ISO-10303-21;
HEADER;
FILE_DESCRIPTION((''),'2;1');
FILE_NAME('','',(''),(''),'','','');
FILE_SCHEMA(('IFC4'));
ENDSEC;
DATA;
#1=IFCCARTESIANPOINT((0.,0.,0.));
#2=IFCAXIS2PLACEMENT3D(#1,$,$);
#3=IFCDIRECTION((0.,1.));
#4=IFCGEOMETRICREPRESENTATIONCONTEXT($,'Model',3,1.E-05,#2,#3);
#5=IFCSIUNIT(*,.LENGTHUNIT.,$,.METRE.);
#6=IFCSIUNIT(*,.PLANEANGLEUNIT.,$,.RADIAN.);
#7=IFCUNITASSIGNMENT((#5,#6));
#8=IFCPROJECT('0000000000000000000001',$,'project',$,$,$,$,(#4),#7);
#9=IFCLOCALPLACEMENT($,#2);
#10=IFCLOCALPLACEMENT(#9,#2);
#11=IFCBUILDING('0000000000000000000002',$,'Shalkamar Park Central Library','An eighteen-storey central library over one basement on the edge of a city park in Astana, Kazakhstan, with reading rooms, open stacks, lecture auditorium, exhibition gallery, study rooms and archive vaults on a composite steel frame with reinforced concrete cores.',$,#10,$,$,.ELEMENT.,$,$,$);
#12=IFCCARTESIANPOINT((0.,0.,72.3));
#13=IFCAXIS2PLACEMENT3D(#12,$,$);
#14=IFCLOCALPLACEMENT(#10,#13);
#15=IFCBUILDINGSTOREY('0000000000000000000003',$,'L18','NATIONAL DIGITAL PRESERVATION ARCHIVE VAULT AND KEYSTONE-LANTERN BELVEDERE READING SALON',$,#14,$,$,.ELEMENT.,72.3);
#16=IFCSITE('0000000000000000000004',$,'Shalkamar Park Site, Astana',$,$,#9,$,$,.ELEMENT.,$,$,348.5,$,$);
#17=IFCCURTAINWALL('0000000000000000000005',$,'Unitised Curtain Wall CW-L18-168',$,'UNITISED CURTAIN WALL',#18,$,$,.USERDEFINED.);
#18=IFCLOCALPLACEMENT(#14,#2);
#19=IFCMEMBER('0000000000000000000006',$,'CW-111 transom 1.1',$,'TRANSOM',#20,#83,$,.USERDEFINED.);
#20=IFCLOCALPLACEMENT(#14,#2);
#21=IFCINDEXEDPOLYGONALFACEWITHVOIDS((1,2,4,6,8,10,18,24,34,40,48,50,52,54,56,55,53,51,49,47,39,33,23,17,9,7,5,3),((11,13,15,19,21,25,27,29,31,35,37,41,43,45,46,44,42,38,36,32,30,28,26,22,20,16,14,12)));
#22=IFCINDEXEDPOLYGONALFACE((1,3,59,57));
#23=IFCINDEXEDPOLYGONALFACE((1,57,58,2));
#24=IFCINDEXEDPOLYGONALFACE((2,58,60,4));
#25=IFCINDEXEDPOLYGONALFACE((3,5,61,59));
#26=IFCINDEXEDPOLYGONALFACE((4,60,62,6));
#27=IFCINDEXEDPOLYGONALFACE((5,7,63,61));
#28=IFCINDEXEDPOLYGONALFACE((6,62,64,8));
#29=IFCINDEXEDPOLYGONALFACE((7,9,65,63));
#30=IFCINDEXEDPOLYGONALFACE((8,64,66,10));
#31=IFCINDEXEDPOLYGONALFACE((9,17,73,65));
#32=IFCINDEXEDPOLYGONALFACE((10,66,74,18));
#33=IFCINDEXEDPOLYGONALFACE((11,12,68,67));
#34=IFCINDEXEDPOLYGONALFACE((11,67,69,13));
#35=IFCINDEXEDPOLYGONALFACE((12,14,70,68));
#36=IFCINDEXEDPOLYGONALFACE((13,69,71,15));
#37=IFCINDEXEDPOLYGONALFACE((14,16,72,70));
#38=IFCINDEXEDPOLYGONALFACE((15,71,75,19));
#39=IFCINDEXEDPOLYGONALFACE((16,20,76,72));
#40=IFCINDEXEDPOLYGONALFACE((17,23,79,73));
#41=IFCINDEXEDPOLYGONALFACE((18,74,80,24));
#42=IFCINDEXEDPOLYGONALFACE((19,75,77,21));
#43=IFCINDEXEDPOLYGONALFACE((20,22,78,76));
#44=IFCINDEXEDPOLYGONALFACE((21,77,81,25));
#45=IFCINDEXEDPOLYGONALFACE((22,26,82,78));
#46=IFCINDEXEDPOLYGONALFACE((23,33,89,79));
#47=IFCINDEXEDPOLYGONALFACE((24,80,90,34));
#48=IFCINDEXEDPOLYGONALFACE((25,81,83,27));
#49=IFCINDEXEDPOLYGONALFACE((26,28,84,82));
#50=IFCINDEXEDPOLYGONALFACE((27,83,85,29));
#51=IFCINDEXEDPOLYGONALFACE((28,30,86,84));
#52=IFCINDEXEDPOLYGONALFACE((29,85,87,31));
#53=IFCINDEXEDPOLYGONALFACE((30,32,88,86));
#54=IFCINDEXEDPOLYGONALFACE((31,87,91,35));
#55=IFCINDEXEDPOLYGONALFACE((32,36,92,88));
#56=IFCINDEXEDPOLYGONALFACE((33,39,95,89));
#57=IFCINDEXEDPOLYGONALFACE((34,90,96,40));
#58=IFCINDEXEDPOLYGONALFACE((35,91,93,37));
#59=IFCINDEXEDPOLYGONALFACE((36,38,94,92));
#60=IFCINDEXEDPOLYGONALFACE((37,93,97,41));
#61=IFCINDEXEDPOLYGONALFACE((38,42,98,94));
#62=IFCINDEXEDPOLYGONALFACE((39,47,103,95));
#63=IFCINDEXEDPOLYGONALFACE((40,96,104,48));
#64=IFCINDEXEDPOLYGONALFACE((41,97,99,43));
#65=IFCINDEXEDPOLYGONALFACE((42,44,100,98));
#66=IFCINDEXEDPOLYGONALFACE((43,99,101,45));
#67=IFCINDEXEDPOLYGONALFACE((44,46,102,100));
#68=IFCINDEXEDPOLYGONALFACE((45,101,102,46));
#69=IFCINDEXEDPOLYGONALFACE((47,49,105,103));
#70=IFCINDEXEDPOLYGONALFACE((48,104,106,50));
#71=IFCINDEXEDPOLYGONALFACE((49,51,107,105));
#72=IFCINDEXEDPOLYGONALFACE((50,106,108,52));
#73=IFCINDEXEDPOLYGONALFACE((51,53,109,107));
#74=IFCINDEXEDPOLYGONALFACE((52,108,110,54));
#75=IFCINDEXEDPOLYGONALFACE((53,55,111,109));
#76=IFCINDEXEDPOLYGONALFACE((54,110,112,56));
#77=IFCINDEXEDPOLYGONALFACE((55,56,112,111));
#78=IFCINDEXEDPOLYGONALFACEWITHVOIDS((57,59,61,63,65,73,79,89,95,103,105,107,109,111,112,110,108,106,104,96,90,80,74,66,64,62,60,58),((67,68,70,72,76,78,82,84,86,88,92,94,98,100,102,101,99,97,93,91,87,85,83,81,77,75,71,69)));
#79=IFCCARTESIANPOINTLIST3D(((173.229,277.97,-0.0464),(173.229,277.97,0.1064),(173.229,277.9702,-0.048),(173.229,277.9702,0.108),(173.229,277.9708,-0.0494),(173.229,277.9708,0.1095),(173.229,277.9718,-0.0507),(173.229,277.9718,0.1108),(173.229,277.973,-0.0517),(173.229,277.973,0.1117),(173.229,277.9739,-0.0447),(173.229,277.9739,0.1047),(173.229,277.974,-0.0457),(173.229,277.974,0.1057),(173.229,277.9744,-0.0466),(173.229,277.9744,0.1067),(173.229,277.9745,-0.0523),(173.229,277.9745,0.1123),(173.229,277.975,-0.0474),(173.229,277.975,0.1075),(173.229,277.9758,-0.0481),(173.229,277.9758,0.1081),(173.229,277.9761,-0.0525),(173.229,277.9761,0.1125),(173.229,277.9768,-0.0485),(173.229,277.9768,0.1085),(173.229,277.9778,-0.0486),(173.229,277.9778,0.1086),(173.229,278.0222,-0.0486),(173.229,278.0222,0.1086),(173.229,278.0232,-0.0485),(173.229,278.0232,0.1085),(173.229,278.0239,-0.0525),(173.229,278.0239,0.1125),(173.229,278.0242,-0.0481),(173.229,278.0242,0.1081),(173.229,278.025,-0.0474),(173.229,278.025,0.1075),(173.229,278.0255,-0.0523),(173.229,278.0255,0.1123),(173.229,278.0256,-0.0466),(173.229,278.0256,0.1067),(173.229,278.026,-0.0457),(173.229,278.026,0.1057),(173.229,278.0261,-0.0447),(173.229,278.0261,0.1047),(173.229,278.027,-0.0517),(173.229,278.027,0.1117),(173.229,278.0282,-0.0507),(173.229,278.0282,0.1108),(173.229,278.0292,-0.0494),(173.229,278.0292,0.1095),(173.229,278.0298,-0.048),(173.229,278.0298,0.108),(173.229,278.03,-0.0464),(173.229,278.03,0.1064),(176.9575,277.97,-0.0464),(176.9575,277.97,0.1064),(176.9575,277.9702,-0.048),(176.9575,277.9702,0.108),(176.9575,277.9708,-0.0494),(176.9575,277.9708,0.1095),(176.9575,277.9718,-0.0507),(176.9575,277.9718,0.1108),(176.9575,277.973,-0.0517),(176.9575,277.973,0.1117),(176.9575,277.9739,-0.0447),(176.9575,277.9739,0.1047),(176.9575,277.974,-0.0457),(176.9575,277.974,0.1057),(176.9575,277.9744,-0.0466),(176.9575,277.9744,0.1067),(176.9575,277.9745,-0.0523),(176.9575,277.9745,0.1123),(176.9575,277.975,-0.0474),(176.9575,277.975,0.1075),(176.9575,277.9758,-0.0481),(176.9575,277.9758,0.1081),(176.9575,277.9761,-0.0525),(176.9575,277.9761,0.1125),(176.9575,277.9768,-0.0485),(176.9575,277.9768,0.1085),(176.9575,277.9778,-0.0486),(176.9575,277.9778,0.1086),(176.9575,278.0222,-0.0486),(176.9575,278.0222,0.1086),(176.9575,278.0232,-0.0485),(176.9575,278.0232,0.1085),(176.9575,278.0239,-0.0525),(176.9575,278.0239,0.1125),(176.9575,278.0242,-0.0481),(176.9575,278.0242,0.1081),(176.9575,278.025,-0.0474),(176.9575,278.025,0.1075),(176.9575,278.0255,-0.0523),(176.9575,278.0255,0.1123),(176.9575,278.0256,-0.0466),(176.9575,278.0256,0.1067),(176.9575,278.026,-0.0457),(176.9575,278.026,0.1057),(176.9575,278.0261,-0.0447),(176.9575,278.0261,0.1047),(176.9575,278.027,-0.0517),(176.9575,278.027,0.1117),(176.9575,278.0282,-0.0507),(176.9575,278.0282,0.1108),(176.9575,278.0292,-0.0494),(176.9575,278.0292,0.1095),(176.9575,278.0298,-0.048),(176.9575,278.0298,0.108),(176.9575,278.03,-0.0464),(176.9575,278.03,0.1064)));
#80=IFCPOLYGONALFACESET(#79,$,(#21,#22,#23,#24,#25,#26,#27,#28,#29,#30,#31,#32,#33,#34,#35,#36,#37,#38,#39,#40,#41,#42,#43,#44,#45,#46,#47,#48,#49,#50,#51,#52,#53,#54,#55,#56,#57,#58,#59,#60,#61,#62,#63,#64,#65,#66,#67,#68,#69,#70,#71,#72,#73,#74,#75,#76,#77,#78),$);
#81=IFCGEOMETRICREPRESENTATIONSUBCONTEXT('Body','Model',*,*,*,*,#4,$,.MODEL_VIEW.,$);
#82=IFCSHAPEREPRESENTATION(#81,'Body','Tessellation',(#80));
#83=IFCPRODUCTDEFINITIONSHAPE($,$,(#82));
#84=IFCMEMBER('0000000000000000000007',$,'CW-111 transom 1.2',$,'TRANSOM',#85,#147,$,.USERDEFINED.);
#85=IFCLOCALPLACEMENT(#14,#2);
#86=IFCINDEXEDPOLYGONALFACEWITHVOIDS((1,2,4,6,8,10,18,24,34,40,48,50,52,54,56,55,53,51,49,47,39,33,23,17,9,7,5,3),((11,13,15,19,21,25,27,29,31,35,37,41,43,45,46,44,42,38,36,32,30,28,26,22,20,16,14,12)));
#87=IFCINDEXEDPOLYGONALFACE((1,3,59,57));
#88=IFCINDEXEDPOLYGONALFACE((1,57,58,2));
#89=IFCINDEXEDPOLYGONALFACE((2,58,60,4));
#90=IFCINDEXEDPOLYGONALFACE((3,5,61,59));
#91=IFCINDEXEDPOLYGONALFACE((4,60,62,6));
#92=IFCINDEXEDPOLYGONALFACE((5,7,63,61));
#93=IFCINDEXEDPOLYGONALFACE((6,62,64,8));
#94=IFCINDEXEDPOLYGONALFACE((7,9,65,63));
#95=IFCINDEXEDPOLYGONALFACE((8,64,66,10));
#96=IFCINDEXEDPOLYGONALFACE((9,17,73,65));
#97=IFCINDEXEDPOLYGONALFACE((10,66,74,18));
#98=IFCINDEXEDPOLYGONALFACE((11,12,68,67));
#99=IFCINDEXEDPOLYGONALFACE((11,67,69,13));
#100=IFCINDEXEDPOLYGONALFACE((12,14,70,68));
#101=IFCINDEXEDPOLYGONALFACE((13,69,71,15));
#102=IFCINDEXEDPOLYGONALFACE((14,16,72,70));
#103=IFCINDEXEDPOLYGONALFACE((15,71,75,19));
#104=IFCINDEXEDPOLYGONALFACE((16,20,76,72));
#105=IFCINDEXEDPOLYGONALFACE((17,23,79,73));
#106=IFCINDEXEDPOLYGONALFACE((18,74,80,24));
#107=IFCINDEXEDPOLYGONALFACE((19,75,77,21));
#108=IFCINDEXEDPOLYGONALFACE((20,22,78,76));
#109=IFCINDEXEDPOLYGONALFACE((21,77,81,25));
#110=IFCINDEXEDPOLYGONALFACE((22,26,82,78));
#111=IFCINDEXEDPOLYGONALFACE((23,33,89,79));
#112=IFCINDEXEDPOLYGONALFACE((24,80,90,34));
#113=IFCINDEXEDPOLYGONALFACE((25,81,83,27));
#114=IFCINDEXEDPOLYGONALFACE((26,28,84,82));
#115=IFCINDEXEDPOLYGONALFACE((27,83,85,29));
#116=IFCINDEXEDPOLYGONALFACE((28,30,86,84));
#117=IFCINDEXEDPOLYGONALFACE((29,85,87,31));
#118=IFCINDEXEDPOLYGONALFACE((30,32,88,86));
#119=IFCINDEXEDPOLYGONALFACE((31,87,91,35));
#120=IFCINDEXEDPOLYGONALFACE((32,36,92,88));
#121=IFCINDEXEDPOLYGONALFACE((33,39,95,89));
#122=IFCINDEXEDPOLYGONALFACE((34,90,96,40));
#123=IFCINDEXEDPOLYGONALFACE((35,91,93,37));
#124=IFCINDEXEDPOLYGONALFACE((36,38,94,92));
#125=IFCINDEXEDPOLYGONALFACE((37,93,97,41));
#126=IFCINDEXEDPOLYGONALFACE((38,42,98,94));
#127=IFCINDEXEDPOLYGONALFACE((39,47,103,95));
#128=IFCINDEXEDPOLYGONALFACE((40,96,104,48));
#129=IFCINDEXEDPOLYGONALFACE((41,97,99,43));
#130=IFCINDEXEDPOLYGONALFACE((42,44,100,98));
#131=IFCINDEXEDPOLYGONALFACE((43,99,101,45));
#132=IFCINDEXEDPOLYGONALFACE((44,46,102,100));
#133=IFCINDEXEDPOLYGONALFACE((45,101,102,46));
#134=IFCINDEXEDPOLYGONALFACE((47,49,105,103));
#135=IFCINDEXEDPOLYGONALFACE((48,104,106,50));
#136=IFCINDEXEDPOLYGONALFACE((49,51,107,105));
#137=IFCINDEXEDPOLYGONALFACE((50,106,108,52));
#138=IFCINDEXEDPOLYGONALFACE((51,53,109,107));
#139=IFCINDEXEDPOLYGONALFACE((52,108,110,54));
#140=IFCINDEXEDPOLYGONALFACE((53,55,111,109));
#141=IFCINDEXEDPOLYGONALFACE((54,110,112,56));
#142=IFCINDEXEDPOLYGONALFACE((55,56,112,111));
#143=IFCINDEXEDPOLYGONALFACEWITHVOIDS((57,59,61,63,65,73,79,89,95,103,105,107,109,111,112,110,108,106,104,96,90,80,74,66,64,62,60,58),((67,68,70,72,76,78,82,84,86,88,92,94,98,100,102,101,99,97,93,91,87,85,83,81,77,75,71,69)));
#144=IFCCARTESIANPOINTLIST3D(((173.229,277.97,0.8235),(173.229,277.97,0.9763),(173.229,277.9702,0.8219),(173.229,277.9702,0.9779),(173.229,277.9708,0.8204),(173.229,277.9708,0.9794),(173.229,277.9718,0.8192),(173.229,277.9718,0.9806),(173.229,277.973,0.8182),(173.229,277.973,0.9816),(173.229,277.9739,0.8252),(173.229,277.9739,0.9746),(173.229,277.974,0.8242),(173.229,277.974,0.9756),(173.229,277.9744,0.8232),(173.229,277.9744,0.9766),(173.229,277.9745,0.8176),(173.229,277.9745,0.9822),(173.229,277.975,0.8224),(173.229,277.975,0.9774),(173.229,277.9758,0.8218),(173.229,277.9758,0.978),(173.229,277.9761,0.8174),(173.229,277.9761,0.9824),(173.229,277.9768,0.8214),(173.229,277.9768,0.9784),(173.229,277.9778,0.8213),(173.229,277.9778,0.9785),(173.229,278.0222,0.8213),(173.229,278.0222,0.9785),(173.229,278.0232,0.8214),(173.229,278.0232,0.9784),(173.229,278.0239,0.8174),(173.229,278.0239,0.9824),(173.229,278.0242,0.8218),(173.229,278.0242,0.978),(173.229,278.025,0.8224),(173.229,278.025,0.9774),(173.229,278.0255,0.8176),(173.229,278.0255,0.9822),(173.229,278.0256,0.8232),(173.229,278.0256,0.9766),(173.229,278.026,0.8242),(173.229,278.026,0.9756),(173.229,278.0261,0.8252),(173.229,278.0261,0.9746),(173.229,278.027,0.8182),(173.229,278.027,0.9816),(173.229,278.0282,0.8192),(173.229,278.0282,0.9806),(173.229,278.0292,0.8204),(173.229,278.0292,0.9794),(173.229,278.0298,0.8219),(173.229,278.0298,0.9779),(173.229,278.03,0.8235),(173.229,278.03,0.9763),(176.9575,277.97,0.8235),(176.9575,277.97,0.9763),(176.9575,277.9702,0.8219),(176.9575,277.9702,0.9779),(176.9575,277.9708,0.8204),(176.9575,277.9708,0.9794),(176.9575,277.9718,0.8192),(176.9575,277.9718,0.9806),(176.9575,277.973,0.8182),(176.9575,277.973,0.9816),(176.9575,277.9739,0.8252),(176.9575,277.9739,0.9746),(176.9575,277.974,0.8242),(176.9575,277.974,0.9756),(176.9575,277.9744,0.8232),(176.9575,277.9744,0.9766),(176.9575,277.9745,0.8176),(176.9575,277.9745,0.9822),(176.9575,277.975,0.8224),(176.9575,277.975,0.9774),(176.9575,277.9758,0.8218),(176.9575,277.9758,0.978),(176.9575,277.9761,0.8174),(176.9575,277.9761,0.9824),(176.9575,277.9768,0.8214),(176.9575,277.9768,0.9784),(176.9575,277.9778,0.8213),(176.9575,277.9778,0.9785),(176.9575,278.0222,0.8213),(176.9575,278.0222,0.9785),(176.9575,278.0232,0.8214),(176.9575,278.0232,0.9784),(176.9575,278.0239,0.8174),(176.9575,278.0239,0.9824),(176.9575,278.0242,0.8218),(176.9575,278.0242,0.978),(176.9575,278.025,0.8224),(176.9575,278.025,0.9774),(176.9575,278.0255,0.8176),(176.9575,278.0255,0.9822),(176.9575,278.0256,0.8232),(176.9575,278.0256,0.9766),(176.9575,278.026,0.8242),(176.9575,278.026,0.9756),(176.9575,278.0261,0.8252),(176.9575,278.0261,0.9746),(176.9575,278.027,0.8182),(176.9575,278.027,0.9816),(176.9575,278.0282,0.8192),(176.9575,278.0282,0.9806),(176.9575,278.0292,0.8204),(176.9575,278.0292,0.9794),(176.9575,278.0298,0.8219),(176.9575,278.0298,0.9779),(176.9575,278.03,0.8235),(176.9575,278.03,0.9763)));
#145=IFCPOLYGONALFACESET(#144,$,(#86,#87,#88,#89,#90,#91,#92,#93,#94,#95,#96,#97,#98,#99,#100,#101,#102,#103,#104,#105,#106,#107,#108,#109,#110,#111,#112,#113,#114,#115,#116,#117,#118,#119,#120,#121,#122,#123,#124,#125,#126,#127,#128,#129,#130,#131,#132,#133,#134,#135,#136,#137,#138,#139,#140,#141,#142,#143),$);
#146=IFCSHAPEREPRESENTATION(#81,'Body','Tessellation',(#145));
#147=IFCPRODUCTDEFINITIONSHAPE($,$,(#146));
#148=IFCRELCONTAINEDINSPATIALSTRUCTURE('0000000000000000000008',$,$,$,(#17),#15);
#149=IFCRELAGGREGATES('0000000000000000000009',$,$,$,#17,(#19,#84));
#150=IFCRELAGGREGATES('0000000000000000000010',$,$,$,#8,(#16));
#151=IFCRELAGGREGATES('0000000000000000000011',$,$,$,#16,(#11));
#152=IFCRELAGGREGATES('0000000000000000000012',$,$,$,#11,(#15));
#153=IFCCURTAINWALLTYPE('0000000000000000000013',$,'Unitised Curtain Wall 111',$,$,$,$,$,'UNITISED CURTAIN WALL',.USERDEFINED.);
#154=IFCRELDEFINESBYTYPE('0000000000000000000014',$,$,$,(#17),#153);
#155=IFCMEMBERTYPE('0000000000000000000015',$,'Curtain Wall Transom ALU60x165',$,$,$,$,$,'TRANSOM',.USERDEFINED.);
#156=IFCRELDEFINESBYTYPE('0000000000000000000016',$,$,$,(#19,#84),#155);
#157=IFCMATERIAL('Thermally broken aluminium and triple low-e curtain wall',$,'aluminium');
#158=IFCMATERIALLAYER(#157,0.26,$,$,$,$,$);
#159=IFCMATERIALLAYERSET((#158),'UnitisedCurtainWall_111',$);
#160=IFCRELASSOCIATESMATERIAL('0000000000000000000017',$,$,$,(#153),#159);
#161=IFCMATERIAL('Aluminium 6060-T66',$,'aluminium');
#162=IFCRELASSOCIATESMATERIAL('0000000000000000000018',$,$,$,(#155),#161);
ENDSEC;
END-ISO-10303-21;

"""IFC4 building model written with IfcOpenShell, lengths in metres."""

from ifc_helpers import new_model, si_unit, direction, frame, origin, origin_2d, place, context, subcontext, project, spatial, hollow_rectangle, extrude, material, layer, layer_set, material_profile, profile_set, type_object, element, aggregate, save


model = new_model("IFC4")

# Units and contexts
model_context = context("Model", 3, precision=1e-05, world=origin(), true_north=direction((0.0, 1.0)))
body_context = subcontext(model_context, "Body", "Model", "MODEL_VIEW")
ifc_project = project(units=[si_unit("LENGTHUNIT", "METRE"), si_unit("PLANEANGLEUNIT", "RADIAN")], contexts=[model_context])

# Site, building, storey
site_placement = place(None, origin())
site = spatial("IfcSite", under=ifc_project, at=site_placement, Name="Shalkamar Park Site, Astana", CompositionType="ELEMENT", RefElevation=348.5)
building_placement = place(site_placement, origin())
building = spatial("IfcBuilding", under=site, at=building_placement, Name="Shalkamar Park Central Library", Description="An eighteen-storey central library over one basement on the edge of a city park in Astana, Kazakhstan, with reading rooms, open stacks, lecture auditorium, exhibition gallery, study rooms and archive vaults on a composite steel frame with reinforced concrete cores.", CompositionType="ELEMENT")
storey_placement = place(building_placement, frame((0.0, 0.0, 72.3)))
storey = spatial("IfcBuildingStorey", under=building, at=storey_placement, Name="L18", Description="NATIONAL DIGITAL PRESERVATION ARCHIVE VAULT AND KEYSTONE-LANTERN BELVEDERE READING SALON", CompositionType="ELEMENT", Elevation=72.3)

# Curtain wall, members
ifc_material_1 = material(Name="Thermally broken aluminium and triple low-e curtain wall", Category="aluminium")
ifc_layer_1 = layer(ifc_material_1, 0.26)
ifc_layer_set_1 = layer_set([ifc_layer_1], Name="UnitisedCurtainWall_111")
curtain_wall_type = type_object("IfcCurtainWallType", Name="Unitised Curtain Wall 111", ElementType="UNITISED CURTAIN WALL", PredefinedType="USERDEFINED", material=ifc_layer_set_1)
curtain_wall_placement = place(storey_placement, origin())
curtain_wall = element("IfcCurtainWall", 1, at=curtain_wall_placement, inside=storey, type_object=curtain_wall_type, Name="Unitised Curtain Wall CW-L18-168", ObjectType="UNITISED CURTAIN WALL", PredefinedType="USERDEFINED")
ifc_material_2 = material(Name="Aluminium 6060-T66", Category="aluminium")
ifc_material_profile_1 = material_profile(ifc_material_2, hollow_rectangle(XDim=0.0601, YDim=0.165, WallThickness=0.0039, InnerFilletRadius=0.0039, OuterFilletRadius=0.0061, at=origin_2d()), Name="ALU 60x165x4")
ifc_profile_set_1 = profile_set([ifc_material_profile_1], Name="Aluminium 6060-T66")
member_type_1 = type_object("IfcMemberType", Name="Curtain Wall Transom ALU60x165", ElementType="TRANSOM", PredefinedType="USERDEFINED", material=ifc_profile_set_1)
member_1_placement = place(storey_placement, frame((173.229, 278.0, 0.03), z_axis=(1.0, 0.0, 0.0), x_axis=(0.0, 1.0, 0.0)))
member_1 = element("IfcMember", 2, at=member_1_placement, type_object=member_type_1, Name="CW-111 transom 1.1", ObjectType="TRANSOM", PredefinedType="USERDEFINED", context=body_context, shape_type="SweptSolid", body=[
    extrude(hollow_rectangle(XDim=0.0601, YDim=0.165, WallThickness=0.0039, InnerFilletRadius=0.0039, OuterFilletRadius=0.0061, at=origin_2d()), origin(), (0.0, 0.0, 1.0), 3.7285),
])
member_2_placement = place(storey_placement, frame((173.229, 278.0, 0.8999), z_axis=(1.0, 0.0, 0.0), x_axis=(0.0, 1.0, 0.0)))
member_2 = element("IfcMember", 3, at=member_2_placement, type_object=member_type_1, Name="CW-111 transom 1.2", ObjectType="TRANSOM", PredefinedType="USERDEFINED", context=body_context, shape_type="SweptSolid", body=[
    extrude(hollow_rectangle(XDim=0.0601, YDim=0.165, WallThickness=0.0039, InnerFilletRadius=0.0039, OuterFilletRadius=0.0061, at=origin_2d()), origin(), (0.0, 0.0, 1.0), 3.7285),
])

aggregate(curtain_wall, [member_1, member_2])

save(model, "model.ifc")
